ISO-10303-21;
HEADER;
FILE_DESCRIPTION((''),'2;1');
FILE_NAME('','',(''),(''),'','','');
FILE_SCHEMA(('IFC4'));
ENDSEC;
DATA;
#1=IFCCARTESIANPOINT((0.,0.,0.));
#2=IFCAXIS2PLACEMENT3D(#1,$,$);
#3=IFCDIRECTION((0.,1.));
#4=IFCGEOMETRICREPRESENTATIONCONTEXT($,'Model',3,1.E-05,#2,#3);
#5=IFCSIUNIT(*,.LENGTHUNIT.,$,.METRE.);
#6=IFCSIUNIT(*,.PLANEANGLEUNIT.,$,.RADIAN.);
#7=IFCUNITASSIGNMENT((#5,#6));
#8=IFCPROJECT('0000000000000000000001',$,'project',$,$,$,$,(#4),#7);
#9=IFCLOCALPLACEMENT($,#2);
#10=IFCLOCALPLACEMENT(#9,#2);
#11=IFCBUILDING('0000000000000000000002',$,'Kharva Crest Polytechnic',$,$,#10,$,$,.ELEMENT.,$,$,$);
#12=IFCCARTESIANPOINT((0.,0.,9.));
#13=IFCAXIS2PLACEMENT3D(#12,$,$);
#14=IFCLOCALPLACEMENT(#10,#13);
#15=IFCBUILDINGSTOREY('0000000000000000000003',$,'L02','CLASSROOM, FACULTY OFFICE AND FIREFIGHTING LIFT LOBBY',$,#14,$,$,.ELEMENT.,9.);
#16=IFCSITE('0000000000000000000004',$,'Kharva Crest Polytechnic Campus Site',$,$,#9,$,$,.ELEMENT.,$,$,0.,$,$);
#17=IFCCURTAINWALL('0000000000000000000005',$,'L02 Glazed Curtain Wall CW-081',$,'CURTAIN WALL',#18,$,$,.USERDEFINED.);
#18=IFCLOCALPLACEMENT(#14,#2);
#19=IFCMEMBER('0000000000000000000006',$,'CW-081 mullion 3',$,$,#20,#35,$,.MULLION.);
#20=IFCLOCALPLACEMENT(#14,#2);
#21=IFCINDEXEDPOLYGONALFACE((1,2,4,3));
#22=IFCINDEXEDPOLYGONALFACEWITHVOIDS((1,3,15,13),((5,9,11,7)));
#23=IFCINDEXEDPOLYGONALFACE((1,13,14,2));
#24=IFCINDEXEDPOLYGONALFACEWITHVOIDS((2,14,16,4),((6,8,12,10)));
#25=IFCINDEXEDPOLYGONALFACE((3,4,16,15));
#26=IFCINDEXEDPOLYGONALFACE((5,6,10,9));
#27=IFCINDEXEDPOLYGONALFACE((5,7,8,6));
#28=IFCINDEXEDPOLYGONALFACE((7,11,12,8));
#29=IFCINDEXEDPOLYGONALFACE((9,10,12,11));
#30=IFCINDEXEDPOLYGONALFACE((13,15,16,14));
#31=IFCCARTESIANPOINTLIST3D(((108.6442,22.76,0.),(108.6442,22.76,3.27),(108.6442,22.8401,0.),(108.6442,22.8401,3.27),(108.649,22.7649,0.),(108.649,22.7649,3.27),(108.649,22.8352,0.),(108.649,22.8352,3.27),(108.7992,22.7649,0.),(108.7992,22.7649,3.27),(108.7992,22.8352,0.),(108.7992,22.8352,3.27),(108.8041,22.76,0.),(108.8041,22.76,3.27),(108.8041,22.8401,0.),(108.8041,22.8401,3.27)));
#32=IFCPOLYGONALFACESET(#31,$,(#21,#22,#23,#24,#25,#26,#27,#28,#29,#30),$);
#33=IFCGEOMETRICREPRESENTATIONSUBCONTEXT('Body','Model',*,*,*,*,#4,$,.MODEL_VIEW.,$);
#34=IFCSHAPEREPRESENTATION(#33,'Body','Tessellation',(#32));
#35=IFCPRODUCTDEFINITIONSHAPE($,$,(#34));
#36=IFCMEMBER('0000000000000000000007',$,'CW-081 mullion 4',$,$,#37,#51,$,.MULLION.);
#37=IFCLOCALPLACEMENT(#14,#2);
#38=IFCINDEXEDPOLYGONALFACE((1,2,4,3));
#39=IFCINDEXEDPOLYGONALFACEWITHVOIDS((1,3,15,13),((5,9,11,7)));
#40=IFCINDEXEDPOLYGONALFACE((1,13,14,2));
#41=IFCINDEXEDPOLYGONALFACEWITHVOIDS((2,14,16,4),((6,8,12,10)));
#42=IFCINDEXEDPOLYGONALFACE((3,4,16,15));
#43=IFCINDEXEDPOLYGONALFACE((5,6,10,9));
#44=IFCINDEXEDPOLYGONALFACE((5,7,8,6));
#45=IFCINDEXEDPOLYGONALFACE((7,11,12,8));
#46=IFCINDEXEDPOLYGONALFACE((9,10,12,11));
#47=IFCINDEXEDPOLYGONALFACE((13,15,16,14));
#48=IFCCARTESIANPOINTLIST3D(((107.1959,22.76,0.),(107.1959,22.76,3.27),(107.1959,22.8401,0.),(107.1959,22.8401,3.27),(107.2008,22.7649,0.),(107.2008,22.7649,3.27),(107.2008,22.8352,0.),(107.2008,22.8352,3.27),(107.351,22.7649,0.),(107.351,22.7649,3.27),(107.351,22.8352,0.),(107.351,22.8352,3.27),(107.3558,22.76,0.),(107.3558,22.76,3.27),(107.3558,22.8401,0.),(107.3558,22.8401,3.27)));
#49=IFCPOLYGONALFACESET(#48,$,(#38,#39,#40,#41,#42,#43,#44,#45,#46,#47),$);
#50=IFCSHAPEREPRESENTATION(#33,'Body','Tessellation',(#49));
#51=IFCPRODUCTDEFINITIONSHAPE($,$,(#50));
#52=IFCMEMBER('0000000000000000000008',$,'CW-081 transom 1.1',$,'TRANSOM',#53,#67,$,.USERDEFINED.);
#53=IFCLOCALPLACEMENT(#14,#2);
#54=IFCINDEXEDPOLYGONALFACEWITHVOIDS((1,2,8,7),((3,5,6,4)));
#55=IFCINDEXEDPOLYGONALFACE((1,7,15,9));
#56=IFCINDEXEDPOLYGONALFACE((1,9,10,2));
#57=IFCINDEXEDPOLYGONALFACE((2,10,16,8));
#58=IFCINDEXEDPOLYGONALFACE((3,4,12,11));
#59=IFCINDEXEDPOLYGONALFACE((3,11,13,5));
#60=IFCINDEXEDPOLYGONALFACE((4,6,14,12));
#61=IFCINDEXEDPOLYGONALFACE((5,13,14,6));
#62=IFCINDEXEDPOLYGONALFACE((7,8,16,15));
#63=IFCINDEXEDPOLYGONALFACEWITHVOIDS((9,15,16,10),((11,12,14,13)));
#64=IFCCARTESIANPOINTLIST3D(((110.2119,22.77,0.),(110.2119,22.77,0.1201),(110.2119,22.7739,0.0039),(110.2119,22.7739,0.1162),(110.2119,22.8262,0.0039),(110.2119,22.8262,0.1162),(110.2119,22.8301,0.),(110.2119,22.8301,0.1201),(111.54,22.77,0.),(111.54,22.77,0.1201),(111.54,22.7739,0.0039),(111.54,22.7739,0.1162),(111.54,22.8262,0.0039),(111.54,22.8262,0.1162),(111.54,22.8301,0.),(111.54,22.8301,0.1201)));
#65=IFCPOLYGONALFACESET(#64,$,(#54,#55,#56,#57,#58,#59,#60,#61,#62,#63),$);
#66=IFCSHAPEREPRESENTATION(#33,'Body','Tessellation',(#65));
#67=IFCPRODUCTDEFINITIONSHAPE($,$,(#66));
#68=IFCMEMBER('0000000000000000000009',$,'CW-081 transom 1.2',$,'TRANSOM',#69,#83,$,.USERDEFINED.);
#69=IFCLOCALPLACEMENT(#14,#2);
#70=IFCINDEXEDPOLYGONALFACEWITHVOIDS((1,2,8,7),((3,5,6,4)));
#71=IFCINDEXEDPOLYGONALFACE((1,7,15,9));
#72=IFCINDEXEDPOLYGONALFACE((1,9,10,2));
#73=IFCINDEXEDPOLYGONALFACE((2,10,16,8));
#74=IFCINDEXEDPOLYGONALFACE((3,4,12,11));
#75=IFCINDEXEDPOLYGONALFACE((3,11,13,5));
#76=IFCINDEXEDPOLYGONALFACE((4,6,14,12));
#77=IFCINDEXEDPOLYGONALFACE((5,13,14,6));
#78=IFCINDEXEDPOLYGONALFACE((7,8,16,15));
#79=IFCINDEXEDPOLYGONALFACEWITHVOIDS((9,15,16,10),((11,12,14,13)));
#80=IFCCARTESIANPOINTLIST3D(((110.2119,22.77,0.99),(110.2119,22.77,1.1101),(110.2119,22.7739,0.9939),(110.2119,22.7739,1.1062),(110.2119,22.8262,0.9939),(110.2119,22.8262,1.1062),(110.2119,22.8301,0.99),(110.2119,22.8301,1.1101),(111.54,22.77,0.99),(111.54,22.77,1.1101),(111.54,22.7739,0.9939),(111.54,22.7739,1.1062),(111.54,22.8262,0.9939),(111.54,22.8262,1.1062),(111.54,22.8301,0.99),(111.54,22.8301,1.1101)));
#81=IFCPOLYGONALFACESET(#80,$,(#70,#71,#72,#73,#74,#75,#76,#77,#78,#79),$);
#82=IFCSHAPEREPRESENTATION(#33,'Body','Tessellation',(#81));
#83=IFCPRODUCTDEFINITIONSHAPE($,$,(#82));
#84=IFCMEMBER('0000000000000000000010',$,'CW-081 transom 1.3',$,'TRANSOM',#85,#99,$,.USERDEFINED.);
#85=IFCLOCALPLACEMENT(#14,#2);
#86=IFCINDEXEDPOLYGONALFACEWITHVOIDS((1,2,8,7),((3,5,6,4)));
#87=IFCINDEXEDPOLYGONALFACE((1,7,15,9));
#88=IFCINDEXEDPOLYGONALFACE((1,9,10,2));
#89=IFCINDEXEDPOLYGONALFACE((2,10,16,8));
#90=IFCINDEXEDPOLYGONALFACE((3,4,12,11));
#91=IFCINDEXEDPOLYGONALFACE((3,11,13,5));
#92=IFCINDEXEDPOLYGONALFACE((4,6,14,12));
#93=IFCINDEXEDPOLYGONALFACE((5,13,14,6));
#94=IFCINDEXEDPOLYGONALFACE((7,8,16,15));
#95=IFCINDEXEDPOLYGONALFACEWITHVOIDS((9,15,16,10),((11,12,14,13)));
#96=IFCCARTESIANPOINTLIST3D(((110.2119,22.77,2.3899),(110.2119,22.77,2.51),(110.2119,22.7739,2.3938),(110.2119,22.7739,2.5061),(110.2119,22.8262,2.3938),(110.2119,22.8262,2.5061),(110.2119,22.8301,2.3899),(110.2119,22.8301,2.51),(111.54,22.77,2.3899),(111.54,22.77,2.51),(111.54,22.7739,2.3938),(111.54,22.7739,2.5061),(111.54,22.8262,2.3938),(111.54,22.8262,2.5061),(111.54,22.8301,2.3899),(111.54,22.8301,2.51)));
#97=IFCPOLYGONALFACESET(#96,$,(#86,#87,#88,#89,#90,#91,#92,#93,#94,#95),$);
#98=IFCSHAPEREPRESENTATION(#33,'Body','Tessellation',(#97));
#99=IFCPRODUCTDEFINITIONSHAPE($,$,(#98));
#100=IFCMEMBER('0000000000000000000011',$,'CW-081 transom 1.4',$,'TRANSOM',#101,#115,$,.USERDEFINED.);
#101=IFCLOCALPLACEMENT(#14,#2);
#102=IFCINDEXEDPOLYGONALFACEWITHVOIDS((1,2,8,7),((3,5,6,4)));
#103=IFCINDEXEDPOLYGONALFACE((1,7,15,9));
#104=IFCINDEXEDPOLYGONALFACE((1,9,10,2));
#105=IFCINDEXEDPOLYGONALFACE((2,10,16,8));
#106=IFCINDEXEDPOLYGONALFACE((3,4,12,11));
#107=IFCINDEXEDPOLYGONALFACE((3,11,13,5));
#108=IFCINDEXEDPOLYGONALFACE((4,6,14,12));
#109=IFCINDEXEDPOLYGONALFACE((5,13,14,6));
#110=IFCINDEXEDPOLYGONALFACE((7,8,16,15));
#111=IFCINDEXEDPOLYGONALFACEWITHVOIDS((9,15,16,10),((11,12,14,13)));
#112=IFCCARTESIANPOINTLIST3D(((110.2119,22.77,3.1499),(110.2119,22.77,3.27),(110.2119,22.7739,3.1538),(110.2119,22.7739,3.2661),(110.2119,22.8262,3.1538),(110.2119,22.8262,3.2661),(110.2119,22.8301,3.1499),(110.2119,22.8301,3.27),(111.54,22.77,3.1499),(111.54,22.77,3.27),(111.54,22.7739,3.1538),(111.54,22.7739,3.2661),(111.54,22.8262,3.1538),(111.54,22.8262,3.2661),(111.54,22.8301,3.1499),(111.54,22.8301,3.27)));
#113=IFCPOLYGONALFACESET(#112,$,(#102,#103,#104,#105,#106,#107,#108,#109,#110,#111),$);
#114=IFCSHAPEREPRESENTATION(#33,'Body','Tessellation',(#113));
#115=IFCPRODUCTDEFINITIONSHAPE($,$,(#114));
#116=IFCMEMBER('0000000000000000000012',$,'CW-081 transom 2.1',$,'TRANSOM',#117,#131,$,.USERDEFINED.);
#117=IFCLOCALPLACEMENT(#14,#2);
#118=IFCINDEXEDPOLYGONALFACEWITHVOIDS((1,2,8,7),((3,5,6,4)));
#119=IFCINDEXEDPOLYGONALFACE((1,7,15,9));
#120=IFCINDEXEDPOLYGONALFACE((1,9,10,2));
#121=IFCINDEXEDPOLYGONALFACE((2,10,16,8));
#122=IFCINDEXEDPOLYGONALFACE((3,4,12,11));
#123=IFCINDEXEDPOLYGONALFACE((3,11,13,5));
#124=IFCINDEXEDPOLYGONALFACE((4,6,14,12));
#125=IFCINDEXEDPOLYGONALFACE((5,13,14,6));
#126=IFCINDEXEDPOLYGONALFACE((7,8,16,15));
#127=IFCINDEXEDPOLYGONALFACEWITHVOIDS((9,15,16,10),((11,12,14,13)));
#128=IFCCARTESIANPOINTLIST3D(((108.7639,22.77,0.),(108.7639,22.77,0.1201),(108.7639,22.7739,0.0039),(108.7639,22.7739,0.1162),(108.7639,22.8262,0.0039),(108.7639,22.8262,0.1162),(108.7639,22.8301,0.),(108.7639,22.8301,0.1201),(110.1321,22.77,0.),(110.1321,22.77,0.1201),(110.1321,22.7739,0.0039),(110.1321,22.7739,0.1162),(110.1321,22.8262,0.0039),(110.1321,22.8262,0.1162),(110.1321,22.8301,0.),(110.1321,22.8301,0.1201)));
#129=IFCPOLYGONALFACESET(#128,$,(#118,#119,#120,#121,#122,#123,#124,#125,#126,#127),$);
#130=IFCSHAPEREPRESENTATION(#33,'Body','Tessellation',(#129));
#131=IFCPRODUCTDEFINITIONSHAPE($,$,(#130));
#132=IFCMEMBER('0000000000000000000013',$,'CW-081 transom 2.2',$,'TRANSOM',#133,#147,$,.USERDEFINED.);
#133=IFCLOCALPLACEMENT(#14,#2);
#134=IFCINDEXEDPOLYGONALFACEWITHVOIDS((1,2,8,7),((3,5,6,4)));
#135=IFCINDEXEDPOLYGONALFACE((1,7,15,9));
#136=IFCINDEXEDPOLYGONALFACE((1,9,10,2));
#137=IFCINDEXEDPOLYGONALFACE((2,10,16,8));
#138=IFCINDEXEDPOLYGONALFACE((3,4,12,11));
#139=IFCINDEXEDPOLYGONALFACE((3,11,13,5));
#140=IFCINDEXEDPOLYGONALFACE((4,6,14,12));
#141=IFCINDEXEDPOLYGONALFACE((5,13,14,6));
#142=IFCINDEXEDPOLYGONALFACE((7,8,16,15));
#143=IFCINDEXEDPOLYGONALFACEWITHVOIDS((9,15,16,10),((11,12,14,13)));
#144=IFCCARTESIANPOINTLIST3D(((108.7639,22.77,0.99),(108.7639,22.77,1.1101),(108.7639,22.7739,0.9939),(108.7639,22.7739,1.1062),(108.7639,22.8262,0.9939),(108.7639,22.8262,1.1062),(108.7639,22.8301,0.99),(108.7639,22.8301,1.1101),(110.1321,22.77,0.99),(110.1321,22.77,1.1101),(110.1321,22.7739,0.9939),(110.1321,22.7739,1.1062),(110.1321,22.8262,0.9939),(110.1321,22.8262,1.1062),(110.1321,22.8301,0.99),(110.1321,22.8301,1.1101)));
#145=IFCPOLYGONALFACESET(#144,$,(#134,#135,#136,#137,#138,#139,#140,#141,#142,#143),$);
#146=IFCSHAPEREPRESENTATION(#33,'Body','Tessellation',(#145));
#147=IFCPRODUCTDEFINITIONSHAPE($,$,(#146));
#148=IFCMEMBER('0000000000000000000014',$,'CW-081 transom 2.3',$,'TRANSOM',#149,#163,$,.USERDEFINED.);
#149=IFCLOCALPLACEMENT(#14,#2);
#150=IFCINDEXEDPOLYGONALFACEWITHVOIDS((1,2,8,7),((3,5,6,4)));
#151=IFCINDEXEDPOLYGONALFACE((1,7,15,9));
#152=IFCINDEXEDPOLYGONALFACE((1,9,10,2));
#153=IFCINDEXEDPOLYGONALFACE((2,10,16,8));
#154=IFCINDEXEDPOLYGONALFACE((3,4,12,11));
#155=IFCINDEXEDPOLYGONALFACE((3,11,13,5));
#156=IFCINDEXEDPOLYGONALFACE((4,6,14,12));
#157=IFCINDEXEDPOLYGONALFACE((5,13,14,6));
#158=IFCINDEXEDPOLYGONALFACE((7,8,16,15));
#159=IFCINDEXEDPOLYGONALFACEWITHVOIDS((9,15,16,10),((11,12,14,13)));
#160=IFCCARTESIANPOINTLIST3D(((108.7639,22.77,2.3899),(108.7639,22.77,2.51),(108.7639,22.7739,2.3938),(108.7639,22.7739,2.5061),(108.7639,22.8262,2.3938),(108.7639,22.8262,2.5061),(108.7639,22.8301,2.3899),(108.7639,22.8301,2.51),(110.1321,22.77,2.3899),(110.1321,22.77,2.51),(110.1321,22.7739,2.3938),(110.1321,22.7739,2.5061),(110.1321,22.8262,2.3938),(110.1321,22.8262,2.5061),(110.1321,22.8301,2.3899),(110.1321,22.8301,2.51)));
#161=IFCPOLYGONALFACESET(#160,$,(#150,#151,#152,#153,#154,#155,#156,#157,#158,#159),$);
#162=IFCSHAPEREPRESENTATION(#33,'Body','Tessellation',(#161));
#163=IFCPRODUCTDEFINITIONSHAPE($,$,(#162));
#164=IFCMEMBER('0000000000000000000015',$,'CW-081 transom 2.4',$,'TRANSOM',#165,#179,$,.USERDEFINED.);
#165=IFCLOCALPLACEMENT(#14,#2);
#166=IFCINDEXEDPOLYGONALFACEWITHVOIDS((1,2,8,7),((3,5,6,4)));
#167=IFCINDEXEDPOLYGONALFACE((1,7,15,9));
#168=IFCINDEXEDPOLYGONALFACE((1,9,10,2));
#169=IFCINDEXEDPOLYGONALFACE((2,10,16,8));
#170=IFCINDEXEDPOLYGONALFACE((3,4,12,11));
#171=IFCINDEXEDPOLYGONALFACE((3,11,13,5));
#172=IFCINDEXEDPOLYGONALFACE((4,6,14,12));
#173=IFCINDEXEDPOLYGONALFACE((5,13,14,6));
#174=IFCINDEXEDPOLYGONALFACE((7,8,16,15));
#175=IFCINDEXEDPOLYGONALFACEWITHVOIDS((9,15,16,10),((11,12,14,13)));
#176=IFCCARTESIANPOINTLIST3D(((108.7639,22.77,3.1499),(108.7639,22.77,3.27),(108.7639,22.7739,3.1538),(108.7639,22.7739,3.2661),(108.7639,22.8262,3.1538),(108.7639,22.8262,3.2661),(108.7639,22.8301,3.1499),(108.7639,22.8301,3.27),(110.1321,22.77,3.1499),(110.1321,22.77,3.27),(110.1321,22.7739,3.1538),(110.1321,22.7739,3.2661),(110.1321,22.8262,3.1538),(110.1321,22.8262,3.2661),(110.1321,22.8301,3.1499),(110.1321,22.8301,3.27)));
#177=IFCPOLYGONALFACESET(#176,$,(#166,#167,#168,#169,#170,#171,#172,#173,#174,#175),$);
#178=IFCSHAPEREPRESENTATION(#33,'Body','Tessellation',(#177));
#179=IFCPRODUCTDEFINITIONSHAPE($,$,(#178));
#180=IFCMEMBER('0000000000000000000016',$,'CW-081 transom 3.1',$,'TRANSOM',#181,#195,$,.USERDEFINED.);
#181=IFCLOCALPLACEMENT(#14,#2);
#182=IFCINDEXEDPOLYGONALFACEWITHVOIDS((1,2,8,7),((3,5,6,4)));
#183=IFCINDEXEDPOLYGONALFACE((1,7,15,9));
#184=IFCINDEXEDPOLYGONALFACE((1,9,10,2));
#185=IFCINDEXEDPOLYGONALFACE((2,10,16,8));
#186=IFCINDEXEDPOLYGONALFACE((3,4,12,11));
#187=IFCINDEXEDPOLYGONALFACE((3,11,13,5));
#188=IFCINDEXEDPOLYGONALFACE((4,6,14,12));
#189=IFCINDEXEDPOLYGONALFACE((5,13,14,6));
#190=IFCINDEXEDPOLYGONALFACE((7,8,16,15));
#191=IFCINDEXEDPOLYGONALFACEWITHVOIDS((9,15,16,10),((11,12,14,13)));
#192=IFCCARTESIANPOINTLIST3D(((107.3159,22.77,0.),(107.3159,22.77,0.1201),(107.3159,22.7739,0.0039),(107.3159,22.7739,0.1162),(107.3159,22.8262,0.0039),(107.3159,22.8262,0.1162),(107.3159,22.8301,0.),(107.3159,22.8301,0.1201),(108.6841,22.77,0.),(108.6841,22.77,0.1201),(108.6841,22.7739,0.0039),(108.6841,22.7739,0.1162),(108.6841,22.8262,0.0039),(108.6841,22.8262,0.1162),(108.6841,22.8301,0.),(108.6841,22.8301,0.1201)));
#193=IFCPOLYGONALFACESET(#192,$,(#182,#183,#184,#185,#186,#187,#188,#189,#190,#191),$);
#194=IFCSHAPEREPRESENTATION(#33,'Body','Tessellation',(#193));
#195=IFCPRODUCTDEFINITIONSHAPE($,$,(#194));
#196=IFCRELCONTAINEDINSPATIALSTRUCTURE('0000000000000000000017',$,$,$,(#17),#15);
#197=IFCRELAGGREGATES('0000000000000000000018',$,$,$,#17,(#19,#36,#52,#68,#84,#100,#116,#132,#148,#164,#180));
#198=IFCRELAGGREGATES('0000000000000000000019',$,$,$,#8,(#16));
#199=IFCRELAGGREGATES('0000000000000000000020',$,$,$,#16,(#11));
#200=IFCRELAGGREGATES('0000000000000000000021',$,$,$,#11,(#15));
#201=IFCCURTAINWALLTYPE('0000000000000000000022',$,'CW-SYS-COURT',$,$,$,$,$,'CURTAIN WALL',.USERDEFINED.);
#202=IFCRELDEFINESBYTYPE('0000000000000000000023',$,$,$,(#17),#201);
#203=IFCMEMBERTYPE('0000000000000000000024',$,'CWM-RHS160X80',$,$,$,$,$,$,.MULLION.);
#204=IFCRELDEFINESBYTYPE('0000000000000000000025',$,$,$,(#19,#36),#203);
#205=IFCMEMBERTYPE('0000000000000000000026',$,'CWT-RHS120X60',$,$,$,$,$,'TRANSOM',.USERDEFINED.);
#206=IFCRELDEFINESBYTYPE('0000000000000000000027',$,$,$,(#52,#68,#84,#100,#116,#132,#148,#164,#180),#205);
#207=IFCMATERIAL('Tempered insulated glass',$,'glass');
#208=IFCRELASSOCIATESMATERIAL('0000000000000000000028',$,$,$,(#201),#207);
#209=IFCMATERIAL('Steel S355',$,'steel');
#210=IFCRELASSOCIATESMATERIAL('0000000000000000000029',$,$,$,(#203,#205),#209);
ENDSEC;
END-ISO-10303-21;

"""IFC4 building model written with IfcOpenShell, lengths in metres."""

from ifc_helpers import new_model, si_unit, direction, frame, origin, origin_2d, place, context, subcontext, project, spatial, hollow_rectangle, extrude, material, material_profile, profile_set, type_object, element, aggregate, save


model = new_model("IFC4")

# Units and contexts
model_context = context("Model", 3, precision=1e-05, world=origin(), true_north=direction((0.0, 1.0)))
body_context = subcontext(model_context, "Body", "Model", "MODEL_VIEW")
ifc_project = project(units=[si_unit("LENGTHUNIT", "METRE"), si_unit("PLANEANGLEUNIT", "RADIAN")], contexts=[model_context])

# Site, building, storey
site_placement = place(None, origin())
site = spatial("IfcSite", under=ifc_project, at=site_placement, Name="Kharva Crest Polytechnic Campus Site", CompositionType="ELEMENT", RefElevation=0.0)
building_placement = place(site_placement, origin())
building = spatial("IfcBuilding", under=site, at=building_placement, Name="Kharva Crest Polytechnic", CompositionType="ELEMENT")
storey_placement = place(building_placement, frame((0.0, 0.0, 9.0)))
storey = spatial("IfcBuildingStorey", under=building, at=storey_placement, Name="L02", Description="CLASSROOM, FACULTY OFFICE AND FIREFIGHTING LIFT LOBBY", CompositionType="ELEMENT", Elevation=9.0)

# Shared definitions
ifc_material_1 = material(Name="Steel S355", Category="steel")

# Curtain wall, members
ifc_material_2 = material(Name="Tempered insulated glass", Category="glass")
curtain_wall_type = type_object("IfcCurtainWallType", Name="CW-SYS-COURT", ElementType="CURTAIN WALL", PredefinedType="USERDEFINED", material=ifc_material_2)
curtain_wall_placement = place(storey_placement, origin())
curtain_wall = element("IfcCurtainWall", 1, at=curtain_wall_placement, inside=storey, type_object=curtain_wall_type, Name="L02 Glazed Curtain Wall CW-081", ObjectType="CURTAIN WALL", PredefinedType="USERDEFINED")
ifc_material_profile_1 = material_profile(ifc_material_1, hollow_rectangle(XDim=0.0801, YDim=0.1599, WallThickness=0.0049, at=origin_2d()), Name="RHS 160X80X5.0")
ifc_profile_set_1 = profile_set([ifc_material_profile_1], Name="Steel S355")
member_type_1 = type_object("IfcMemberType", Name="CWM-RHS160X80", PredefinedType="MULLION", material=ifc_profile_set_1)
member_1_placement = place(storey_placement, frame((108.7241, 22.8, 0.0), z_axis=(0.0, 0.0, 1.0), x_axis=(0.0, -1.0, 0.0)))
member_1 = element("IfcMember", 2, at=member_1_placement, type_object=member_type_1, Name="CW-081 mullion 3", PredefinedType="MULLION", context=body_context, shape_type="SweptSolid", body=[
    extrude(hollow_rectangle(XDim=0.0801, YDim=0.1599, WallThickness=0.0049, at=origin_2d()), origin(), (0.0, 0.0, 1.0), 3.27),
])
member_2_placement = place(storey_placement, frame((107.2759, 22.8, 0.0), z_axis=(0.0, 0.0, 1.0), x_axis=(0.0, -1.0, 0.0)))
member_2 = element("IfcMember", 3, at=member_2_placement, type_object=member_type_1, Name="CW-081 mullion 4", PredefinedType="MULLION", context=body_context, shape_type="SweptSolid", body=[
    extrude(hollow_rectangle(XDim=0.0801, YDim=0.1599, WallThickness=0.0049, at=origin_2d()), origin(), (0.0, 0.0, 1.0), 3.27),
])
ifc_material_profile_2 = material_profile(ifc_material_1, hollow_rectangle(XDim=0.0601, YDim=0.1201, WallThickness=0.0039, at=origin_2d()), Name="RHS 120X60X4.0")
ifc_profile_set_2 = profile_set([ifc_material_profile_2], Name="Steel S355")
member_type_2 = type_object("IfcMemberType", Name="CWT-RHS120X60", ElementType="TRANSOM", PredefinedType="USERDEFINED", material=ifc_profile_set_2)
member_3_placement = place(storey_placement, frame((111.54, 22.8, 0.0601), z_axis=(-1.0, 0.0, 0.0), x_axis=(0.0, -1.0, 0.0)))
member_3 = element("IfcMember", 4, at=member_3_placement, type_object=member_type_2, Name="CW-081 transom 1.1", ObjectType="TRANSOM", PredefinedType="USERDEFINED", context=body_context, shape_type="SweptSolid", body=[
    extrude(hollow_rectangle(XDim=0.0601, YDim=0.1201, WallThickness=0.0039, at=origin_2d()), origin(), (0.0, 0.0, 1.0), 1.3281),
])
member_4_placement = place(storey_placement, frame((111.54, 22.8, 1.05), z_axis=(-1.0, 0.0, 0.0), x_axis=(0.0, -1.0, 0.0)))
member_4 = element("IfcMember", 5, at=member_4_placement, type_object=member_type_2, Name="CW-081 transom 1.2", ObjectType="TRANSOM", PredefinedType="USERDEFINED", context=body_context, shape_type="SweptSolid", body=[
    extrude(hollow_rectangle(XDim=0.0601, YDim=0.1201, WallThickness=0.0039, at=origin_2d()), origin(), (0.0, 0.0, 1.0), 1.3281),
])
member_5_placement = place(storey_placement, frame((111.54, 22.8, 2.45), z_axis=(-1.0, 0.0, 0.0), x_axis=(0.0, -1.0, 0.0)))
member_5 = element("IfcMember", 6, at=member_5_placement, type_object=member_type_2, Name="CW-081 transom 1.3", ObjectType="TRANSOM", PredefinedType="USERDEFINED", context=body_context, shape_type="SweptSolid", body=[
    extrude(hollow_rectangle(XDim=0.0601, YDim=0.1201, WallThickness=0.0039, at=origin_2d()), origin(), (0.0, 0.0, 1.0), 1.3281),
])
member_6_placement = place(storey_placement, frame((111.54, 22.8, 3.21), z_axis=(-1.0, 0.0, 0.0), x_axis=(0.0, -1.0, 0.0)))
member_6 = element("IfcMember", 7, at=member_6_placement, type_object=member_type_2, Name="CW-081 transom 1.4", ObjectType="TRANSOM", PredefinedType="USERDEFINED", context=body_context, shape_type="SweptSolid", body=[
    extrude(hollow_rectangle(XDim=0.0601, YDim=0.1201, WallThickness=0.0039, at=origin_2d()), origin(), (0.0, 0.0, 1.0), 1.3281),
])
member_7_placement = place(storey_placement, frame((110.1321, 22.8, 0.0601), z_axis=(-1.0, 0.0, 0.0), x_axis=(0.0, -1.0, 0.0)))
member_7 = element("IfcMember", 8, at=member_7_placement, type_object=member_type_2, Name="CW-081 transom 2.1", ObjectType="TRANSOM", PredefinedType="USERDEFINED", context=body_context, shape_type="SweptSolid", body=[
    extrude(hollow_rectangle(XDim=0.0601, YDim=0.1201, WallThickness=0.0039, at=origin_2d()), origin(), (0.0, 0.0, 1.0), 1.3682),
])
member_8_placement = place(storey_placement, frame((110.1321, 22.8, 1.05), z_axis=(-1.0, 0.0, 0.0), x_axis=(0.0, -1.0, 0.0)))
member_8 = element("IfcMember", 9, at=member_8_placement, type_object=member_type_2, Name="CW-081 transom 2.2", ObjectType="TRANSOM", PredefinedType="USERDEFINED", context=body_context, shape_type="SweptSolid", body=[
    extrude(hollow_rectangle(XDim=0.0601, YDim=0.1201, WallThickness=0.0039, at=origin_2d()), origin(), (0.0, 0.0, 1.0), 1.3682),
])
member_9_placement = place(storey_placement, frame((110.1321, 22.8, 2.45), z_axis=(-1.0, 0.0, 0.0), x_axis=(0.0, -1.0, 0.0)))
member_9 = element("IfcMember", 10, at=member_9_placement, type_object=member_type_2, Name="CW-081 transom 2.3", ObjectType="TRANSOM", PredefinedType="USERDEFINED", context=body_context, shape_type="SweptSolid", body=[
    extrude(hollow_rectangle(XDim=0.0601, YDim=0.1201, WallThickness=0.0039, at=origin_2d()), origin(), (0.0, 0.0, 1.0), 1.3682),
])
member_10_placement = place(storey_placement, frame((110.1321, 22.8, 3.21), z_axis=(-1.0, 0.0, 0.0), x_axis=(0.0, -1.0, 0.0)))
member_10 = element("IfcMember", 11, at=member_10_placement, type_object=member_type_2, Name="CW-081 transom 2.4", ObjectType="TRANSOM", PredefinedType="USERDEFINED", context=body_context, shape_type="SweptSolid", body=[
    extrude(hollow_rectangle(XDim=0.0601, YDim=0.1201, WallThickness=0.0039, at=origin_2d()), origin(), (0.0, 0.0, 1.0), 1.3682),
])
member_11_placement = place(storey_placement, frame((108.6841, 22.8, 0.0601), z_axis=(-1.0, 0.0, 0.0), x_axis=(0.0, -1.0, 0.0)))
member_11 = element("IfcMember", 12, at=member_11_placement, type_object=member_type_2, Name="CW-081 transom 3.1", ObjectType="TRANSOM", PredefinedType="USERDEFINED", context=body_context, shape_type="SweptSolid", body=[
    extrude(hollow_rectangle(XDim=0.0601, YDim=0.1201, WallThickness=0.0039, at=origin_2d()), origin(), (0.0, 0.0, 1.0), 1.3682),
])
aggregate(curtain_wall, [member_1, member_2, member_3, member_4, member_5, member_6, member_7, member_8, member_9, member_10, member_11])

save(model, "model.ifc")
